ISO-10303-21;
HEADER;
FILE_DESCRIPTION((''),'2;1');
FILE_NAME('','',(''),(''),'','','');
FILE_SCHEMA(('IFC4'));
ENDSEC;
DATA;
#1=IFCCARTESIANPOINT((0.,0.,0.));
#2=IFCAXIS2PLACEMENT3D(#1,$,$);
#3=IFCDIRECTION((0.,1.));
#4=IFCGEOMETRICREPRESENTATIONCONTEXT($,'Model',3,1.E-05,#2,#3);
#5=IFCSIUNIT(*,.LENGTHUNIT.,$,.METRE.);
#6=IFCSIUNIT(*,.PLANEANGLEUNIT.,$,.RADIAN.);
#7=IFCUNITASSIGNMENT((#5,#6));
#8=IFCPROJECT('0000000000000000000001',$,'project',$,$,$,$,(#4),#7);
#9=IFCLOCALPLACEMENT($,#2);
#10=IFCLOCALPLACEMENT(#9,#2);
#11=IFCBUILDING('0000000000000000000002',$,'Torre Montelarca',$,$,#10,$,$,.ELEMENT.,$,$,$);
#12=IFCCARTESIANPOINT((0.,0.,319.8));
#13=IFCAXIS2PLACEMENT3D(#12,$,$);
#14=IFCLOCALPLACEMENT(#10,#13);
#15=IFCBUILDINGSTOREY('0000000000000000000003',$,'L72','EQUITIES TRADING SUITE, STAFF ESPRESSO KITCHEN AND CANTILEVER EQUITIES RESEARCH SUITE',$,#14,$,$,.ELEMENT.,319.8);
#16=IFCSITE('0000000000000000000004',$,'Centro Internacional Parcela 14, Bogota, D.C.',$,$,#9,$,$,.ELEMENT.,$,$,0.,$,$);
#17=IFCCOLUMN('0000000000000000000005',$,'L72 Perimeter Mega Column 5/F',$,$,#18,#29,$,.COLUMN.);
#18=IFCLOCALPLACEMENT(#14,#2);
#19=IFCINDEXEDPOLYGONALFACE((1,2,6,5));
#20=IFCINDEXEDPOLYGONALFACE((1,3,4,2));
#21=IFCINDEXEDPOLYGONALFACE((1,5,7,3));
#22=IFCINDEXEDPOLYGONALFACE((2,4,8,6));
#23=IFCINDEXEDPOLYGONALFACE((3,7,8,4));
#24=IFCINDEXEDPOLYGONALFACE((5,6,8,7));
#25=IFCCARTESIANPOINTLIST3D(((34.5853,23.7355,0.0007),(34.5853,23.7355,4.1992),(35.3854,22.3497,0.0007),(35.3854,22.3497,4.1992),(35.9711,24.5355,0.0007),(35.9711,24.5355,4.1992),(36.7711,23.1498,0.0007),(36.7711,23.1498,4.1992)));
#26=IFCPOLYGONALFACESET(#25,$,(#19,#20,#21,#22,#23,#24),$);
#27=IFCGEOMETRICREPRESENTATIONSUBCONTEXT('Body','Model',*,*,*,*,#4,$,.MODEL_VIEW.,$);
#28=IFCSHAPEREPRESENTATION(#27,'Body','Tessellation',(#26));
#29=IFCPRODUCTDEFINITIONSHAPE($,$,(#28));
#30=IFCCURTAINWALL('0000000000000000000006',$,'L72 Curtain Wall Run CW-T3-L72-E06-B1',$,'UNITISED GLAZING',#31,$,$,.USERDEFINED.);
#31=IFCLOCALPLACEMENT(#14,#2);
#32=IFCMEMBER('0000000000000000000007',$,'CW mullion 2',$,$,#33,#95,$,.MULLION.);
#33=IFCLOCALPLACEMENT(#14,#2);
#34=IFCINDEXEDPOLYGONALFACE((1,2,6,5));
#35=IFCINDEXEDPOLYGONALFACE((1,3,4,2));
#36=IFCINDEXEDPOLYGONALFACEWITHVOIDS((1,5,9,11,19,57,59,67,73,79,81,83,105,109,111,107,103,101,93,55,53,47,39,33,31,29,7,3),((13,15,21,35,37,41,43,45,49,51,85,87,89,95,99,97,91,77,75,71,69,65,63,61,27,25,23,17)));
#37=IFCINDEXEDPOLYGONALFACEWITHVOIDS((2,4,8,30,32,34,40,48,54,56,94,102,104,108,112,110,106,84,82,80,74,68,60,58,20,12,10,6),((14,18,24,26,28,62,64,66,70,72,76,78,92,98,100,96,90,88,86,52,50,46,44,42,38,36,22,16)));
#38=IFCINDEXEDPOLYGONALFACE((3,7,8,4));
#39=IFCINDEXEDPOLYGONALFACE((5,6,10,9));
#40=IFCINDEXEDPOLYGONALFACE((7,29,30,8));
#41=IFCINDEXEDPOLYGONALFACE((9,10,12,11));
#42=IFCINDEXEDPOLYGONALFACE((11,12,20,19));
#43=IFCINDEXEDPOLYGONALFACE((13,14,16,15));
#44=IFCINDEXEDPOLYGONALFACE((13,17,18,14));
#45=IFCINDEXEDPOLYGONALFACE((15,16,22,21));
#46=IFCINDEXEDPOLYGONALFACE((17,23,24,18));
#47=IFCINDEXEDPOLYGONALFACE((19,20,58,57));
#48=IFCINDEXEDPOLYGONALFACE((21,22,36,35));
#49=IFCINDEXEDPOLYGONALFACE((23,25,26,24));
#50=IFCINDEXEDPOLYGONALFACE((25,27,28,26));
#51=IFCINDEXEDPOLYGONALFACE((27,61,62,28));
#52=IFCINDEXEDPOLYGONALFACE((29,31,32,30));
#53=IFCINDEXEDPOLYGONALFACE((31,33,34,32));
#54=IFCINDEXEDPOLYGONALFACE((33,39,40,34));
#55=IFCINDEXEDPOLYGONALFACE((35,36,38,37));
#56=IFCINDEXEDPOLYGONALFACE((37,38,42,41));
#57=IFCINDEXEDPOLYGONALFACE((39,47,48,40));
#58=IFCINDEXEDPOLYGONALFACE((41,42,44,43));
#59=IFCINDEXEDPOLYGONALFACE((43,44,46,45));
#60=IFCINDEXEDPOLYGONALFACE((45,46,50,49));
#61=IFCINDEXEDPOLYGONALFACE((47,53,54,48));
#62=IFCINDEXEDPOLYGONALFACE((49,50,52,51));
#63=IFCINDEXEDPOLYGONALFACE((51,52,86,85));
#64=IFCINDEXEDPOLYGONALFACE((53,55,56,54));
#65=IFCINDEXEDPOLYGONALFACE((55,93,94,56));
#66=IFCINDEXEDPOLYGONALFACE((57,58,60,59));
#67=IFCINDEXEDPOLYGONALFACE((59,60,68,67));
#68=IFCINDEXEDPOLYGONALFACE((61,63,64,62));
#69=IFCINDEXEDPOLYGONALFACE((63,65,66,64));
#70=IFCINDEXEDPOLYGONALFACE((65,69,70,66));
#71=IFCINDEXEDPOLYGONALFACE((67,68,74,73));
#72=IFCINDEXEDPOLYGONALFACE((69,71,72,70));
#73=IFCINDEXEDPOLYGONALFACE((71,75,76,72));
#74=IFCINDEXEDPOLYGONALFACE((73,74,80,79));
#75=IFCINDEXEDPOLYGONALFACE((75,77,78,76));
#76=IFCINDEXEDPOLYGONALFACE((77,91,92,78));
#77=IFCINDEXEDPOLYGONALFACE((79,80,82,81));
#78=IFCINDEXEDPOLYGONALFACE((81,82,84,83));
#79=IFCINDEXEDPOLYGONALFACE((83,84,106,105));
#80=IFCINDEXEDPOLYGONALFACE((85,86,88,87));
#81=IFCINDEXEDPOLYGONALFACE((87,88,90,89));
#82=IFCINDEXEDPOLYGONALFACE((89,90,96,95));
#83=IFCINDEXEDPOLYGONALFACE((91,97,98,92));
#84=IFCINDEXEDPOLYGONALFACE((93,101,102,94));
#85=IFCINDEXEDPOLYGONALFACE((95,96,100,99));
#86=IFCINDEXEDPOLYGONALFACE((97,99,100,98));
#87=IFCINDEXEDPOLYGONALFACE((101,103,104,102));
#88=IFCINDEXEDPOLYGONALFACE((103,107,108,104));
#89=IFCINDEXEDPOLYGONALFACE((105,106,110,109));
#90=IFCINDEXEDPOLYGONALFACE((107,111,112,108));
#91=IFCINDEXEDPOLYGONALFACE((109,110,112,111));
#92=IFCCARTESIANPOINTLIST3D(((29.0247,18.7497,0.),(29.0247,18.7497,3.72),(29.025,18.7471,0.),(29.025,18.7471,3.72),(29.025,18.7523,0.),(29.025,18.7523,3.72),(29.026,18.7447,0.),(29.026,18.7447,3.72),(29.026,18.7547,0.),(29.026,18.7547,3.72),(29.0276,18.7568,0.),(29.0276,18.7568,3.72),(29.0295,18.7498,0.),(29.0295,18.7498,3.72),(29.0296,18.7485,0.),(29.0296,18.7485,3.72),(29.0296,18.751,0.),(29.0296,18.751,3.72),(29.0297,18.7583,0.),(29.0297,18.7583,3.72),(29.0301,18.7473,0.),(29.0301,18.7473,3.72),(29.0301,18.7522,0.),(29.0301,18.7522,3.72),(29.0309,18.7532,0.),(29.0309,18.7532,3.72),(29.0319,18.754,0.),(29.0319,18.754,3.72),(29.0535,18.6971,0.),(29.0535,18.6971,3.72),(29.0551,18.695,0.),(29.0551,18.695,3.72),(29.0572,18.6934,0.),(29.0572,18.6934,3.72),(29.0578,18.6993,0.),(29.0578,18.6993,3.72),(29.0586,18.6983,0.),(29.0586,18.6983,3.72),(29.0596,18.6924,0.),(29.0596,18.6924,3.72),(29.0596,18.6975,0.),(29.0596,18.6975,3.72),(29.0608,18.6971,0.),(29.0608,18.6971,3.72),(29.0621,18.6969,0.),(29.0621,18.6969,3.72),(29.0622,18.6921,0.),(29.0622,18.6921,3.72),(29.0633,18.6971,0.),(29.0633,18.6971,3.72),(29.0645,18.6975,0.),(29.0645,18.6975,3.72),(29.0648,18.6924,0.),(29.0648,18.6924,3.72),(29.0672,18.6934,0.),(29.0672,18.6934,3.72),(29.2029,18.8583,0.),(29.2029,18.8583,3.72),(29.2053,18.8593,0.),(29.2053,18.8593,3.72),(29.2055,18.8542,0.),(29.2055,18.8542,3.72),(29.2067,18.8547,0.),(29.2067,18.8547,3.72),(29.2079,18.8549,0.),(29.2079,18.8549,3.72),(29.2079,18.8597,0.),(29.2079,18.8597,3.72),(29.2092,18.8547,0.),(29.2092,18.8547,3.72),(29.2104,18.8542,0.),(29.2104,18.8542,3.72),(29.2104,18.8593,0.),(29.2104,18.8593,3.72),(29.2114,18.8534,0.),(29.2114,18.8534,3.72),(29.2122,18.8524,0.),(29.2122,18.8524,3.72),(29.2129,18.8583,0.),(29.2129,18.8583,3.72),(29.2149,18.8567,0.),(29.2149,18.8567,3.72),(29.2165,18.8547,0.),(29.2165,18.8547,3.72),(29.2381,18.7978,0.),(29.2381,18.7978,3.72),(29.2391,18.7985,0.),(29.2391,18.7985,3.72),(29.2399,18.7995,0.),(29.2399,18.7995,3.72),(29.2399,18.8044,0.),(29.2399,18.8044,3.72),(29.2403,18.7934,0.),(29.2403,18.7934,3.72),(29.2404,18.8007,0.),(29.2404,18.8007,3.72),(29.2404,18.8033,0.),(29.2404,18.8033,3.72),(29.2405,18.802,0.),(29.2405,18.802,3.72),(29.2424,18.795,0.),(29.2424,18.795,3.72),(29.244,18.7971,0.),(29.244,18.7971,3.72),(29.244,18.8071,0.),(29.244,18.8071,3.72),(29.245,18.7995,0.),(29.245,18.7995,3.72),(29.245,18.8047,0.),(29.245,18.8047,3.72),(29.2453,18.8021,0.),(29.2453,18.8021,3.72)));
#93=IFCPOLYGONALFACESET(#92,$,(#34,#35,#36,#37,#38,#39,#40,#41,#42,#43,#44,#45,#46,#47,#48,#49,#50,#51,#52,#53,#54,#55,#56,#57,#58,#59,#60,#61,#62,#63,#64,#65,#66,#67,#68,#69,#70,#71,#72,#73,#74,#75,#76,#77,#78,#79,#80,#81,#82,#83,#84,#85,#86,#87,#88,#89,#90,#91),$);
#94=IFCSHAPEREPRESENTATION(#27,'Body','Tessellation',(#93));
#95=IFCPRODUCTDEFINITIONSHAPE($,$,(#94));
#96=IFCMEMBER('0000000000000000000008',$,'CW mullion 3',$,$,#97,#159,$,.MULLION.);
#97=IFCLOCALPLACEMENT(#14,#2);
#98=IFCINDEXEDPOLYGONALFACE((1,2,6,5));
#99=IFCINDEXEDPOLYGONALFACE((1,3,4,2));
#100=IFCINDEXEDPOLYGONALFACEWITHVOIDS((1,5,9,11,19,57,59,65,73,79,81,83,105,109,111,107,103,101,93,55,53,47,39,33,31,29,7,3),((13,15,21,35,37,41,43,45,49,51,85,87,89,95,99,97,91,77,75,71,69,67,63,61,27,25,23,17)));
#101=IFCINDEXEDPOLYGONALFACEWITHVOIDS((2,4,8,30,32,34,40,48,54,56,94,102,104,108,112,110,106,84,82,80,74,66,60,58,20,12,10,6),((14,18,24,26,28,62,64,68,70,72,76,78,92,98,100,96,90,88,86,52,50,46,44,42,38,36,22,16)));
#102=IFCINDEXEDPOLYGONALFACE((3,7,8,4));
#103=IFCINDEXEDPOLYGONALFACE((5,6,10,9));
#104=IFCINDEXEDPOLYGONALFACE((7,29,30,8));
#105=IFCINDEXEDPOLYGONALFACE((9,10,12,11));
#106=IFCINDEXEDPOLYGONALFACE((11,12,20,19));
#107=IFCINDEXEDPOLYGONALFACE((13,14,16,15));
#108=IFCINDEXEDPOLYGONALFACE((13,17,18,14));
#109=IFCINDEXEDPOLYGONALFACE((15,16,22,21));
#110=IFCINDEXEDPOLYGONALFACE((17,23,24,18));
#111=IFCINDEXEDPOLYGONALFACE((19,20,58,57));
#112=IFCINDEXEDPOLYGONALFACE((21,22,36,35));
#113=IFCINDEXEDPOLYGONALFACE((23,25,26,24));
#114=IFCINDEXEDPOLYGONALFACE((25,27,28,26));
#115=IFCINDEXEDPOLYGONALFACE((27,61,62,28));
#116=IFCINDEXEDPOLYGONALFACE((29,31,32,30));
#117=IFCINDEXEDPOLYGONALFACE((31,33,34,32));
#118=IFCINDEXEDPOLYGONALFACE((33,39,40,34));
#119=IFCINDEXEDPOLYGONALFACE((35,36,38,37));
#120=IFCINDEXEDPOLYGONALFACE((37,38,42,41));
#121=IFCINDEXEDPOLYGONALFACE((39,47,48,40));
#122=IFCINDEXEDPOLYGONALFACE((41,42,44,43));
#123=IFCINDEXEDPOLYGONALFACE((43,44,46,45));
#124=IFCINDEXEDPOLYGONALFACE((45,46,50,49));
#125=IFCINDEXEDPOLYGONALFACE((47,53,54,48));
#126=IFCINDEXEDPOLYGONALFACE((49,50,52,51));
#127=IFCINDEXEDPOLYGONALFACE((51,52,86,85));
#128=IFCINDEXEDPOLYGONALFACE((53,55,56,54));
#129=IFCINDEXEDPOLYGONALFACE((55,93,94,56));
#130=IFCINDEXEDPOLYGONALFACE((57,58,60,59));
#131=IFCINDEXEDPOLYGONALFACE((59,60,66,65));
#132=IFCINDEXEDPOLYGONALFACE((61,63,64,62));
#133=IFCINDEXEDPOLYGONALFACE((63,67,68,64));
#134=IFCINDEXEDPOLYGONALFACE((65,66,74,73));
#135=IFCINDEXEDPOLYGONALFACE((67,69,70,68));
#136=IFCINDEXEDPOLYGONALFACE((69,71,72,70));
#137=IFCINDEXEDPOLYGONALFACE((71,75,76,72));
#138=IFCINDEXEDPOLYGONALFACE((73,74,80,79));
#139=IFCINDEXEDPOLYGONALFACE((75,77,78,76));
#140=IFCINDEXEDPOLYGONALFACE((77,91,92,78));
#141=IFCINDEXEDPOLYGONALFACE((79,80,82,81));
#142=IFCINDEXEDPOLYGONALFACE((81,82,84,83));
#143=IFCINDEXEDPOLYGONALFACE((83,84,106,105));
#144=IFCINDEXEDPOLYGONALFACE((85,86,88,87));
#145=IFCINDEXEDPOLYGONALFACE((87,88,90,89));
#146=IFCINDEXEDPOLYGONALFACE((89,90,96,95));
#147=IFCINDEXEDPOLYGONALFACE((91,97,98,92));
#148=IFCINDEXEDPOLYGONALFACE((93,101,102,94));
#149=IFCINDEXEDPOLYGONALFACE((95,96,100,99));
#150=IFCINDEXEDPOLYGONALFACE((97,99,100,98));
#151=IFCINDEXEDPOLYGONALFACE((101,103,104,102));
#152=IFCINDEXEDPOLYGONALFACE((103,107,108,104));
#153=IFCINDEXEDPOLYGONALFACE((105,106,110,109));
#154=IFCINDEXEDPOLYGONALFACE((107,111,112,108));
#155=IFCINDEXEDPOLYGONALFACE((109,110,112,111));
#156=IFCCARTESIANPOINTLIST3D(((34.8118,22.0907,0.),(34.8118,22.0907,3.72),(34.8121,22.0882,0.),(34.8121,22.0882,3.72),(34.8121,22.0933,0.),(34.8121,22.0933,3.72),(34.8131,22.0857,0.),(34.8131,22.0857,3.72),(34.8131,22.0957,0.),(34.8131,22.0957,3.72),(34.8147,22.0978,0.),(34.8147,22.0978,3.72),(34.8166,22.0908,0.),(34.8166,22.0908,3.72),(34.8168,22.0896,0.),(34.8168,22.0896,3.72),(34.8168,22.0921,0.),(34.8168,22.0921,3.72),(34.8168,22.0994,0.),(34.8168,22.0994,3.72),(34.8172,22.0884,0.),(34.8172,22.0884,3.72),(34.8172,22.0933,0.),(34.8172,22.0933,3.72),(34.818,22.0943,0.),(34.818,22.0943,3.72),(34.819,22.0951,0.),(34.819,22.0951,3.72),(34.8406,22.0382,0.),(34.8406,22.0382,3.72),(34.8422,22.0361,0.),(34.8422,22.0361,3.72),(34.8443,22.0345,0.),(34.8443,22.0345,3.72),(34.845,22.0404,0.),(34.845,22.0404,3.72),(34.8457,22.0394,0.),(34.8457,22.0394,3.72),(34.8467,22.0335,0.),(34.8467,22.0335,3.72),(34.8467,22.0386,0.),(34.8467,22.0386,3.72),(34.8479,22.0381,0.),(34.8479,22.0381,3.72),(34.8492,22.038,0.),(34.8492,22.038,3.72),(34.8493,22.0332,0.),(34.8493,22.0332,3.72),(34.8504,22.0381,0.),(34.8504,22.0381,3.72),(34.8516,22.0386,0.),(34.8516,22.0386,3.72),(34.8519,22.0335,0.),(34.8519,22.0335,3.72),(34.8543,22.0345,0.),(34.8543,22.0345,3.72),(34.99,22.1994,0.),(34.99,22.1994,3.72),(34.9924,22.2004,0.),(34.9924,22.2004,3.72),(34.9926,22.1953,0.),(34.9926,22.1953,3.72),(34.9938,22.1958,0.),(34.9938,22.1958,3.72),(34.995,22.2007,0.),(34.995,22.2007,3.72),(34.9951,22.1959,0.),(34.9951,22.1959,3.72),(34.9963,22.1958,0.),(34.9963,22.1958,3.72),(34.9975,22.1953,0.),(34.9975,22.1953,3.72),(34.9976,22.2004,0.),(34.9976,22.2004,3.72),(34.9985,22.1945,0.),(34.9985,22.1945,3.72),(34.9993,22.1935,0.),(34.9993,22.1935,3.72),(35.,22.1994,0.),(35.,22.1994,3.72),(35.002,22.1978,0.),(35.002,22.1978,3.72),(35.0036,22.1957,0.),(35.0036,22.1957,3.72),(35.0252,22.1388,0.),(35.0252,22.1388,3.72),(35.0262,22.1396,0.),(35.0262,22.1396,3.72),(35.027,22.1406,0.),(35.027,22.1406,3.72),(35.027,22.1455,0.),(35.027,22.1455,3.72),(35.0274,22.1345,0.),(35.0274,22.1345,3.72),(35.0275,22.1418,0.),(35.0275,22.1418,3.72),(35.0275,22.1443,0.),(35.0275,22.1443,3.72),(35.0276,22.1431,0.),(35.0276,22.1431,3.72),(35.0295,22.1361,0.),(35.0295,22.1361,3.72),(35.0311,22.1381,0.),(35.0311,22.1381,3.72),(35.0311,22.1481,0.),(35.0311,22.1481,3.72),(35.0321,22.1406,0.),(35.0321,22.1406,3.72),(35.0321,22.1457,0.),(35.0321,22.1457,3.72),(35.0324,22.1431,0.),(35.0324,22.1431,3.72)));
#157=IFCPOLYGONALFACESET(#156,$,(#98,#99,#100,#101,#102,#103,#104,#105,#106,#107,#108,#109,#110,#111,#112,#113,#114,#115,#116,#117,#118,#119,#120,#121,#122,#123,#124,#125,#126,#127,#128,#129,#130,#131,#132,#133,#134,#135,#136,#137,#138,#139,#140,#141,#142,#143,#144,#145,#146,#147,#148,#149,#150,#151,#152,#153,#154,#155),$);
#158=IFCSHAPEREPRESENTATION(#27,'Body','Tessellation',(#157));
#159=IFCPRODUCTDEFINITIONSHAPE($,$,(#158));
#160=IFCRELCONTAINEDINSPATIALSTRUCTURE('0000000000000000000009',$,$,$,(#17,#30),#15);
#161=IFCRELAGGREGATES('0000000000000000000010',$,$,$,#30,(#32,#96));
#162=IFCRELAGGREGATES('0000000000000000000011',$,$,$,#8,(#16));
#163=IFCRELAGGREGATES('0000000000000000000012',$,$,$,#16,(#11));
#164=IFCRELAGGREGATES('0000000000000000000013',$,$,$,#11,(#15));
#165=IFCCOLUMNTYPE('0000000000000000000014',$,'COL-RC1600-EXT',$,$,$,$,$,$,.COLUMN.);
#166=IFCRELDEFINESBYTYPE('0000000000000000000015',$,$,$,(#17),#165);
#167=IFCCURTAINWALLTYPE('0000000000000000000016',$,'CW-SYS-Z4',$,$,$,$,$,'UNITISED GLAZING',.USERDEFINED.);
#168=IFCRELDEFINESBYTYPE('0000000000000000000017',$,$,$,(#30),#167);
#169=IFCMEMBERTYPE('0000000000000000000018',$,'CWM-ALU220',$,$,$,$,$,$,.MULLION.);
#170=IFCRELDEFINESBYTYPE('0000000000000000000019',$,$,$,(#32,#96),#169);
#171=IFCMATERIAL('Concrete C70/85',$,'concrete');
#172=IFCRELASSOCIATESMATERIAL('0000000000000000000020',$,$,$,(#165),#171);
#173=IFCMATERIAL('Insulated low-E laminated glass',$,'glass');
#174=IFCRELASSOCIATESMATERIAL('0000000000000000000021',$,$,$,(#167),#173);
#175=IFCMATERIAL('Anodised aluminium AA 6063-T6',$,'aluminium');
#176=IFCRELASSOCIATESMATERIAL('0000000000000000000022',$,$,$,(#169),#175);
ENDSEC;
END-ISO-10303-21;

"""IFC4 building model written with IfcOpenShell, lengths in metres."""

from ifc_helpers import new_model, si_unit, direction, frame, origin, origin_2d, place, context, subcontext, project, spatial, rectangle, hollow_rectangle, extrude, source, transform, mapped, material, material_profile, profile_set, type_object, element, aggregate, save


model = new_model("IFC4")

# Units and contexts
model_context = context("Model", 3, precision=1e-05, world=origin(), true_north=direction((0.0, 1.0)))
body_context = subcontext(model_context, "Body", "Model", "MODEL_VIEW")
ifc_project = project(units=[si_unit("LENGTHUNIT", "METRE"), si_unit("PLANEANGLEUNIT", "RADIAN")], contexts=[model_context])

# Site, building, storey
site_placement = place(None, origin())
site = spatial("IfcSite", under=ifc_project, at=site_placement, Name="Centro Internacional Parcela 14, Bogota, D.C.", CompositionType="ELEMENT", RefElevation=0.0)
building_placement = place(site_placement, origin())
building = spatial("IfcBuilding", under=site, at=building_placement, Name="Torre Montelarca", CompositionType="ELEMENT")
storey_placement = place(building_placement, frame((0.0, 0.0, 319.8)))
storey = spatial("IfcBuildingStorey", under=building, at=storey_placement, Name="L72", Description="EQUITIES TRADING SUITE, STAFF ESPRESSO KITCHEN AND CANTILEVER EQUITIES RESEARCH SUITE", CompositionType="ELEMENT", Elevation=319.8)

# Column
ifc_material_1 = material(Name="Concrete C70/85", Category="concrete")
ifc_material_profile_1 = material_profile(ifc_material_1, rectangle(XDim=1.6001, YDim=1.6001, at=origin_2d()), Name="RC1600X1600", Category="concrete")
ifc_profile_set_1 = profile_set([ifc_material_profile_1], Name="Concrete C70/85")
column_type = type_object("IfcColumnType", Name="COL-RC1600-EXT", PredefinedType="COLUMN", material=ifc_profile_set_1)
shared_shape_1 = source(origin(), body_context, "Body", "SweptSolid", [
    extrude(rectangle(XDim=1.6001, YDim=1.6001, at=origin_2d()), origin(), (0.0, 0.0, 1.0), 4.1985),
])
column_placement = place(storey_placement, frame((35.6782, 23.4426, 0.0007), z_axis=(0.0, 0.0, 1.0), x_axis=(-0.5, 0.866025, 0.0)))
element("IfcColumn", 1, at=column_placement, inside=storey, type_object=column_type, Name="L72 Perimeter Mega Column 5/F", PredefinedType="COLUMN", context=body_context, shape_type="MappedRepresentation", body=[
    mapped(shared_shape_1, transform((0.0, 0.0, 0.0), scale=1.0)),
])

# Curtain wall, members
ifc_material_2 = material(Name="Insulated low-E laminated glass", Category="glass")
curtain_wall_type = type_object("IfcCurtainWallType", Name="CW-SYS-Z4", ElementType="UNITISED GLAZING", PredefinedType="USERDEFINED", material=ifc_material_2)
curtain_wall_1_placement = place(storey_placement, origin())
curtain_wall_1 = element("IfcCurtainWall", 2, at=curtain_wall_1_placement, inside=storey, type_object=curtain_wall_type, Name="L72 Curtain Wall Run CW-T3-L72-E06-B1", ObjectType="UNITISED GLAZING", PredefinedType="USERDEFINED")
ifc_material_3 = material(Name="Anodised aluminium AA 6063-T6", Category="aluminium")
ifc_material_profile_2 = material_profile(ifc_material_3, hollow_rectangle(XDim=0.075, YDim=0.22, WallThickness=0.0049, InnerFilletRadius=0.0049, OuterFilletRadius=0.01, at=origin_2d()), Name="ALU75X220X5", Category="aluminium")
ifc_profile_set_2 = profile_set([ifc_material_profile_2], Name="Anodised aluminium AA 6063-T6")
member_type_1 = type_object("IfcMemberType", Name="CWM-ALU220", PredefinedType="MULLION", material=ifc_profile_set_2)
shared_shape_2 = source(origin(), body_context, "Body", "SweptSolid", [
    extrude(hollow_rectangle(XDim=0.075, YDim=0.22, WallThickness=0.0049, InnerFilletRadius=0.0049, OuterFilletRadius=0.01, at=origin_2d()), origin(), (0.0, 0.0, 1.0), 3.72),
])
member_1_placement = place(storey_placement, frame((29.135, 18.7759, 0.0), z_axis=(0.0, 0.0, 1.0), x_axis=(-0.499999, 0.866026, 0.0)))
member_1 = element("IfcMember", 3, at=member_1_placement, type_object=member_type_1, Name="CW mullion 2", PredefinedType="MULLION", context=body_context, shape_type="MappedRepresentation", body=[
    mapped(shared_shape_2, transform((0.0, 0.0, 0.0), scale=1.0)),
])
member_2_placement = place(storey_placement, frame((34.9221, 22.1169, 0.0), z_axis=(0.0, 0.0, 1.0), x_axis=(-0.499999, 0.866026, 0.0)))
member_2 = element("IfcMember", 4, at=member_2_placement, type_object=member_type_1, Name="CW mullion 3", PredefinedType="MULLION", context=body_context, shape_type="MappedRepresentation", body=[
    mapped(shared_shape_2, transform((0.0, 0.0, 0.0), scale=1.0)),
])

aggregate(curtain_wall_1, [member_1, member_2])

save(model, "model.ifc")
